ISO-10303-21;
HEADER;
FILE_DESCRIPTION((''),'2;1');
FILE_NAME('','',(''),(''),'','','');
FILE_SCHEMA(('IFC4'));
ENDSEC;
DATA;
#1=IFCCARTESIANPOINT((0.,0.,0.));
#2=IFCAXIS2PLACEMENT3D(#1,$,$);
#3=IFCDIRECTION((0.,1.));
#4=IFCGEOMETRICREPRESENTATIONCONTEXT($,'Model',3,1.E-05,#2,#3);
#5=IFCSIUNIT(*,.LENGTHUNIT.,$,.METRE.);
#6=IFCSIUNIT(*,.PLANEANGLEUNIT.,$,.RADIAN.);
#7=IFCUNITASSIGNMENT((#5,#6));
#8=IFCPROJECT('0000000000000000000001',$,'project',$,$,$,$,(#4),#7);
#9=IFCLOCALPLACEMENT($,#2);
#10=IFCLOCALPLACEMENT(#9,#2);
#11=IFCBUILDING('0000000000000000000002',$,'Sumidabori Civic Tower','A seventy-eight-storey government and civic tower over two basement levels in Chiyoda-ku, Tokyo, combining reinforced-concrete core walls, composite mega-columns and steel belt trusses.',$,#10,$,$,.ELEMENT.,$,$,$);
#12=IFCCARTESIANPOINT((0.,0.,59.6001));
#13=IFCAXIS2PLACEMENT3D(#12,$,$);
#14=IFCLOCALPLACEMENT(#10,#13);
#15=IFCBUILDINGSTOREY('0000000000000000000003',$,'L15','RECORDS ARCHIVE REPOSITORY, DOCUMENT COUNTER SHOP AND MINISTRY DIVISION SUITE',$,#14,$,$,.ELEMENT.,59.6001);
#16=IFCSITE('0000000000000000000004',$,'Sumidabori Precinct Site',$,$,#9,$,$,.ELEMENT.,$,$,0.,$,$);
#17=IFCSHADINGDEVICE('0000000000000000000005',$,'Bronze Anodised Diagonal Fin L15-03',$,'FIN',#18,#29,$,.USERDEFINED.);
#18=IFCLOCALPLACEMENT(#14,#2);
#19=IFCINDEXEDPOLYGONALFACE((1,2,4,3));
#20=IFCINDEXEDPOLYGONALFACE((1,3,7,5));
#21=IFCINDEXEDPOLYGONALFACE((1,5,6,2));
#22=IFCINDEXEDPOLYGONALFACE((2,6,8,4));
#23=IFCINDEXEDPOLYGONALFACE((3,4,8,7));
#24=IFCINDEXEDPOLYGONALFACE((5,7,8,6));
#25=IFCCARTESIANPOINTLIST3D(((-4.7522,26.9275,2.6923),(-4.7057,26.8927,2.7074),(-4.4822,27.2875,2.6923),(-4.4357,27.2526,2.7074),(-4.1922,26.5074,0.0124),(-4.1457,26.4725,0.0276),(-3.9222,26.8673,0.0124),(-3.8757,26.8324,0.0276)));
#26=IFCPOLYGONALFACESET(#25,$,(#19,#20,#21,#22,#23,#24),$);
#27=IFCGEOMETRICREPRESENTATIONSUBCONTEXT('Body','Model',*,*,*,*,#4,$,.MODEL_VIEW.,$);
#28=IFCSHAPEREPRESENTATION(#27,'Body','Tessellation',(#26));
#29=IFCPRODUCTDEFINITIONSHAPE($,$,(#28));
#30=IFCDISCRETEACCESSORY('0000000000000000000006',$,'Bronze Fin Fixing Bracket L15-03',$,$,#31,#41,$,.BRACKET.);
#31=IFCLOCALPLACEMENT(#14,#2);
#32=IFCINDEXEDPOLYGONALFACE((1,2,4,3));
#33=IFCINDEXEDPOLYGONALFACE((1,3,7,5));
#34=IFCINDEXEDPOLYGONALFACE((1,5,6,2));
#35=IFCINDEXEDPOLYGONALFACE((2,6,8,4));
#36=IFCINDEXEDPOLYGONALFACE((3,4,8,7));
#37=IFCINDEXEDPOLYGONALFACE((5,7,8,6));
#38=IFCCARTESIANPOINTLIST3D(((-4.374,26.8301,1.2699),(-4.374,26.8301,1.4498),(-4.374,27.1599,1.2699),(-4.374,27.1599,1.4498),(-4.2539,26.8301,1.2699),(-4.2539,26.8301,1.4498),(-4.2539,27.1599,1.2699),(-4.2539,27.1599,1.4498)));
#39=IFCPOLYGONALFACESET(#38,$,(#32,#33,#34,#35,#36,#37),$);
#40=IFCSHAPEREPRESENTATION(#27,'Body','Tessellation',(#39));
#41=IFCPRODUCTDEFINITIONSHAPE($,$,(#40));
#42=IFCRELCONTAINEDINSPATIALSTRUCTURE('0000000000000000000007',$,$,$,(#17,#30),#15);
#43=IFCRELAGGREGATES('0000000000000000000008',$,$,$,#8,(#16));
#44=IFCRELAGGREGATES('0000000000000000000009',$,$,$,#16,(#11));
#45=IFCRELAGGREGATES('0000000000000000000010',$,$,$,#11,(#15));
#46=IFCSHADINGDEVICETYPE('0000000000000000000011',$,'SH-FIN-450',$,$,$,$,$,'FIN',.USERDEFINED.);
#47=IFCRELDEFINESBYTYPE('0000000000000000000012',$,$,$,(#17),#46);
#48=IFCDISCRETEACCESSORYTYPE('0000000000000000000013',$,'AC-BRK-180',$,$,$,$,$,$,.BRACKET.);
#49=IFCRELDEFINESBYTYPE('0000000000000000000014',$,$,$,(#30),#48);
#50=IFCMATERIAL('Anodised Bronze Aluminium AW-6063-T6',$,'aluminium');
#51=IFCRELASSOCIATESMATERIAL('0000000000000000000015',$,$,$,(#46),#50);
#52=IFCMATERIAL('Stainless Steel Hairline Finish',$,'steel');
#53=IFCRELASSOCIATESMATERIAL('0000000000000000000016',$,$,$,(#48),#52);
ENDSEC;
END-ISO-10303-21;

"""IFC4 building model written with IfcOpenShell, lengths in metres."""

from ifc_helpers import new_model, si_unit, direction, frame, origin, origin_2d, place, context, subcontext, project, spatial, rectangle, extrude, source, transform, mapped, material, material_profile, profile_set, type_object, element, save


model = new_model("IFC4")

# Units and contexts
model_context = context("Model", 3, precision=1e-05, world=origin(), true_north=direction((0.0, 1.0)))
body_context = subcontext(model_context, "Body", "Model", "MODEL_VIEW")
ifc_project = project(units=[si_unit("LENGTHUNIT", "METRE"), si_unit("PLANEANGLEUNIT", "RADIAN")], contexts=[model_context])

# Site, building, storey
site_placement = place(None, origin())
site = spatial("IfcSite", under=ifc_project, at=site_placement, Name="Sumidabori Precinct Site", CompositionType="ELEMENT", RefElevation=0.0)
building_placement = place(site_placement, origin())
building = spatial("IfcBuilding", under=site, at=building_placement, Name="Sumidabori Civic Tower", Description="A seventy-eight-storey government and civic tower over two basement levels in Chiyoda-ku, Tokyo, combining reinforced-concrete core walls, composite mega-columns and steel belt trusses.", CompositionType="ELEMENT")
storey_placement = place(building_placement, frame((0.0, 0.0, 59.6001)))
storey = spatial("IfcBuildingStorey", under=building, at=storey_placement, Name="L15", Description="RECORDS ARCHIVE REPOSITORY, DOCUMENT COUNTER SHOP AND MINISTRY DIVISION SUITE", CompositionType="ELEMENT", Elevation=59.6001)

# Shared definitions
ifc_material_1 = material(Name="Anodised Bronze Aluminium AW-6063-T6", Category="aluminium")

# Shared definitions
ifc_material_2 = material(Name="Stainless Steel Hairline Finish", Category="steel")

# Shading device
ifc_material_profile_1 = material_profile(ifc_material_1, rectangle(XDim=0.0601, YDim=0.45, at=origin_2d()), Name="BRONZE FIN 450x60")
ifc_profile_set_1 = profile_set([ifc_material_profile_1], Name="Anodised Bronze Aluminium AW-6063-T6")
shading_device_type = type_object("IfcShadingDeviceType", Name="SH-FIN-450", ElementType="FIN", PredefinedType="USERDEFINED", material=ifc_profile_set_1)
shared_shape_1 = source(origin(), body_context, "Body", "SweptSolid", [
    extrude(rectangle(XDim=0.0601, YDim=0.45, at=origin_2d()), origin(), (0.0, 0.0, 1.0), 2.7698),
])
shading_device_placement = place(storey_placement, frame((-4.0339, 26.6699, 0.02), z_axis=(-0.202196, 0.151691, 0.967526), x_axis=(0.77394, -0.580624, 0.252771)))
element("IfcShadingDevice", 1, at=shading_device_placement, inside=storey, type_object=shading_device_type, Name="Bronze Anodised Diagonal Fin L15-03", ObjectType="FIN", PredefinedType="USERDEFINED", context=body_context, shape_type="MappedRepresentation", body=[
    mapped(shared_shape_1, transform((0.0, 0.0, 0.0), x_axis=(1.0, 0.0, 0.0), y_axis=(0.0, 1.0, 0.0), z_axis=(0.0, 0.0, 1.0), scale=1.0)),
])

# Discrete accessory
ifc_material_profile_2 = material_profile(ifc_material_2, rectangle(XDim=0.1201, YDim=0.1799, at=origin_2d()), Name="STEEL BRACKET 180x120")
ifc_profile_set_2 = profile_set([ifc_material_profile_2], Name="Stainless Steel Hairline Finish")
discrete_accessory_type = type_object("IfcDiscreteAccessoryType", Name="AC-BRK-180", PredefinedType="BRACKET", material=ifc_profile_set_2)
shared_shape_2 = source(origin(), body_context, "Body", "SweptSolid", [
    extrude(rectangle(XDim=0.1201, YDim=0.1799, at=origin_2d()), origin(), (0.0, 0.0, 1.0), 0.3298),
])
discrete_accessory_placement = place(storey_placement, frame((-4.314, 26.8301, 1.3599), z_axis=(0.0, 1.0, 0.0), x_axis=(-1.0, 0.0, 0.0)))
element("IfcDiscreteAccessory", 2, at=discrete_accessory_placement, inside=storey, type_object=discrete_accessory_type, Name="Bronze Fin Fixing Bracket L15-03", PredefinedType="BRACKET", context=body_context, shape_type="MappedRepresentation", body=[
    mapped(shared_shape_2, transform((0.0, 0.0, 0.0), x_axis=(1.0, 0.0, 0.0), y_axis=(0.0, 1.0, 0.0), z_axis=(0.0, 0.0, 1.0), scale=1.0)),
])

save(model, "model.ifc")
